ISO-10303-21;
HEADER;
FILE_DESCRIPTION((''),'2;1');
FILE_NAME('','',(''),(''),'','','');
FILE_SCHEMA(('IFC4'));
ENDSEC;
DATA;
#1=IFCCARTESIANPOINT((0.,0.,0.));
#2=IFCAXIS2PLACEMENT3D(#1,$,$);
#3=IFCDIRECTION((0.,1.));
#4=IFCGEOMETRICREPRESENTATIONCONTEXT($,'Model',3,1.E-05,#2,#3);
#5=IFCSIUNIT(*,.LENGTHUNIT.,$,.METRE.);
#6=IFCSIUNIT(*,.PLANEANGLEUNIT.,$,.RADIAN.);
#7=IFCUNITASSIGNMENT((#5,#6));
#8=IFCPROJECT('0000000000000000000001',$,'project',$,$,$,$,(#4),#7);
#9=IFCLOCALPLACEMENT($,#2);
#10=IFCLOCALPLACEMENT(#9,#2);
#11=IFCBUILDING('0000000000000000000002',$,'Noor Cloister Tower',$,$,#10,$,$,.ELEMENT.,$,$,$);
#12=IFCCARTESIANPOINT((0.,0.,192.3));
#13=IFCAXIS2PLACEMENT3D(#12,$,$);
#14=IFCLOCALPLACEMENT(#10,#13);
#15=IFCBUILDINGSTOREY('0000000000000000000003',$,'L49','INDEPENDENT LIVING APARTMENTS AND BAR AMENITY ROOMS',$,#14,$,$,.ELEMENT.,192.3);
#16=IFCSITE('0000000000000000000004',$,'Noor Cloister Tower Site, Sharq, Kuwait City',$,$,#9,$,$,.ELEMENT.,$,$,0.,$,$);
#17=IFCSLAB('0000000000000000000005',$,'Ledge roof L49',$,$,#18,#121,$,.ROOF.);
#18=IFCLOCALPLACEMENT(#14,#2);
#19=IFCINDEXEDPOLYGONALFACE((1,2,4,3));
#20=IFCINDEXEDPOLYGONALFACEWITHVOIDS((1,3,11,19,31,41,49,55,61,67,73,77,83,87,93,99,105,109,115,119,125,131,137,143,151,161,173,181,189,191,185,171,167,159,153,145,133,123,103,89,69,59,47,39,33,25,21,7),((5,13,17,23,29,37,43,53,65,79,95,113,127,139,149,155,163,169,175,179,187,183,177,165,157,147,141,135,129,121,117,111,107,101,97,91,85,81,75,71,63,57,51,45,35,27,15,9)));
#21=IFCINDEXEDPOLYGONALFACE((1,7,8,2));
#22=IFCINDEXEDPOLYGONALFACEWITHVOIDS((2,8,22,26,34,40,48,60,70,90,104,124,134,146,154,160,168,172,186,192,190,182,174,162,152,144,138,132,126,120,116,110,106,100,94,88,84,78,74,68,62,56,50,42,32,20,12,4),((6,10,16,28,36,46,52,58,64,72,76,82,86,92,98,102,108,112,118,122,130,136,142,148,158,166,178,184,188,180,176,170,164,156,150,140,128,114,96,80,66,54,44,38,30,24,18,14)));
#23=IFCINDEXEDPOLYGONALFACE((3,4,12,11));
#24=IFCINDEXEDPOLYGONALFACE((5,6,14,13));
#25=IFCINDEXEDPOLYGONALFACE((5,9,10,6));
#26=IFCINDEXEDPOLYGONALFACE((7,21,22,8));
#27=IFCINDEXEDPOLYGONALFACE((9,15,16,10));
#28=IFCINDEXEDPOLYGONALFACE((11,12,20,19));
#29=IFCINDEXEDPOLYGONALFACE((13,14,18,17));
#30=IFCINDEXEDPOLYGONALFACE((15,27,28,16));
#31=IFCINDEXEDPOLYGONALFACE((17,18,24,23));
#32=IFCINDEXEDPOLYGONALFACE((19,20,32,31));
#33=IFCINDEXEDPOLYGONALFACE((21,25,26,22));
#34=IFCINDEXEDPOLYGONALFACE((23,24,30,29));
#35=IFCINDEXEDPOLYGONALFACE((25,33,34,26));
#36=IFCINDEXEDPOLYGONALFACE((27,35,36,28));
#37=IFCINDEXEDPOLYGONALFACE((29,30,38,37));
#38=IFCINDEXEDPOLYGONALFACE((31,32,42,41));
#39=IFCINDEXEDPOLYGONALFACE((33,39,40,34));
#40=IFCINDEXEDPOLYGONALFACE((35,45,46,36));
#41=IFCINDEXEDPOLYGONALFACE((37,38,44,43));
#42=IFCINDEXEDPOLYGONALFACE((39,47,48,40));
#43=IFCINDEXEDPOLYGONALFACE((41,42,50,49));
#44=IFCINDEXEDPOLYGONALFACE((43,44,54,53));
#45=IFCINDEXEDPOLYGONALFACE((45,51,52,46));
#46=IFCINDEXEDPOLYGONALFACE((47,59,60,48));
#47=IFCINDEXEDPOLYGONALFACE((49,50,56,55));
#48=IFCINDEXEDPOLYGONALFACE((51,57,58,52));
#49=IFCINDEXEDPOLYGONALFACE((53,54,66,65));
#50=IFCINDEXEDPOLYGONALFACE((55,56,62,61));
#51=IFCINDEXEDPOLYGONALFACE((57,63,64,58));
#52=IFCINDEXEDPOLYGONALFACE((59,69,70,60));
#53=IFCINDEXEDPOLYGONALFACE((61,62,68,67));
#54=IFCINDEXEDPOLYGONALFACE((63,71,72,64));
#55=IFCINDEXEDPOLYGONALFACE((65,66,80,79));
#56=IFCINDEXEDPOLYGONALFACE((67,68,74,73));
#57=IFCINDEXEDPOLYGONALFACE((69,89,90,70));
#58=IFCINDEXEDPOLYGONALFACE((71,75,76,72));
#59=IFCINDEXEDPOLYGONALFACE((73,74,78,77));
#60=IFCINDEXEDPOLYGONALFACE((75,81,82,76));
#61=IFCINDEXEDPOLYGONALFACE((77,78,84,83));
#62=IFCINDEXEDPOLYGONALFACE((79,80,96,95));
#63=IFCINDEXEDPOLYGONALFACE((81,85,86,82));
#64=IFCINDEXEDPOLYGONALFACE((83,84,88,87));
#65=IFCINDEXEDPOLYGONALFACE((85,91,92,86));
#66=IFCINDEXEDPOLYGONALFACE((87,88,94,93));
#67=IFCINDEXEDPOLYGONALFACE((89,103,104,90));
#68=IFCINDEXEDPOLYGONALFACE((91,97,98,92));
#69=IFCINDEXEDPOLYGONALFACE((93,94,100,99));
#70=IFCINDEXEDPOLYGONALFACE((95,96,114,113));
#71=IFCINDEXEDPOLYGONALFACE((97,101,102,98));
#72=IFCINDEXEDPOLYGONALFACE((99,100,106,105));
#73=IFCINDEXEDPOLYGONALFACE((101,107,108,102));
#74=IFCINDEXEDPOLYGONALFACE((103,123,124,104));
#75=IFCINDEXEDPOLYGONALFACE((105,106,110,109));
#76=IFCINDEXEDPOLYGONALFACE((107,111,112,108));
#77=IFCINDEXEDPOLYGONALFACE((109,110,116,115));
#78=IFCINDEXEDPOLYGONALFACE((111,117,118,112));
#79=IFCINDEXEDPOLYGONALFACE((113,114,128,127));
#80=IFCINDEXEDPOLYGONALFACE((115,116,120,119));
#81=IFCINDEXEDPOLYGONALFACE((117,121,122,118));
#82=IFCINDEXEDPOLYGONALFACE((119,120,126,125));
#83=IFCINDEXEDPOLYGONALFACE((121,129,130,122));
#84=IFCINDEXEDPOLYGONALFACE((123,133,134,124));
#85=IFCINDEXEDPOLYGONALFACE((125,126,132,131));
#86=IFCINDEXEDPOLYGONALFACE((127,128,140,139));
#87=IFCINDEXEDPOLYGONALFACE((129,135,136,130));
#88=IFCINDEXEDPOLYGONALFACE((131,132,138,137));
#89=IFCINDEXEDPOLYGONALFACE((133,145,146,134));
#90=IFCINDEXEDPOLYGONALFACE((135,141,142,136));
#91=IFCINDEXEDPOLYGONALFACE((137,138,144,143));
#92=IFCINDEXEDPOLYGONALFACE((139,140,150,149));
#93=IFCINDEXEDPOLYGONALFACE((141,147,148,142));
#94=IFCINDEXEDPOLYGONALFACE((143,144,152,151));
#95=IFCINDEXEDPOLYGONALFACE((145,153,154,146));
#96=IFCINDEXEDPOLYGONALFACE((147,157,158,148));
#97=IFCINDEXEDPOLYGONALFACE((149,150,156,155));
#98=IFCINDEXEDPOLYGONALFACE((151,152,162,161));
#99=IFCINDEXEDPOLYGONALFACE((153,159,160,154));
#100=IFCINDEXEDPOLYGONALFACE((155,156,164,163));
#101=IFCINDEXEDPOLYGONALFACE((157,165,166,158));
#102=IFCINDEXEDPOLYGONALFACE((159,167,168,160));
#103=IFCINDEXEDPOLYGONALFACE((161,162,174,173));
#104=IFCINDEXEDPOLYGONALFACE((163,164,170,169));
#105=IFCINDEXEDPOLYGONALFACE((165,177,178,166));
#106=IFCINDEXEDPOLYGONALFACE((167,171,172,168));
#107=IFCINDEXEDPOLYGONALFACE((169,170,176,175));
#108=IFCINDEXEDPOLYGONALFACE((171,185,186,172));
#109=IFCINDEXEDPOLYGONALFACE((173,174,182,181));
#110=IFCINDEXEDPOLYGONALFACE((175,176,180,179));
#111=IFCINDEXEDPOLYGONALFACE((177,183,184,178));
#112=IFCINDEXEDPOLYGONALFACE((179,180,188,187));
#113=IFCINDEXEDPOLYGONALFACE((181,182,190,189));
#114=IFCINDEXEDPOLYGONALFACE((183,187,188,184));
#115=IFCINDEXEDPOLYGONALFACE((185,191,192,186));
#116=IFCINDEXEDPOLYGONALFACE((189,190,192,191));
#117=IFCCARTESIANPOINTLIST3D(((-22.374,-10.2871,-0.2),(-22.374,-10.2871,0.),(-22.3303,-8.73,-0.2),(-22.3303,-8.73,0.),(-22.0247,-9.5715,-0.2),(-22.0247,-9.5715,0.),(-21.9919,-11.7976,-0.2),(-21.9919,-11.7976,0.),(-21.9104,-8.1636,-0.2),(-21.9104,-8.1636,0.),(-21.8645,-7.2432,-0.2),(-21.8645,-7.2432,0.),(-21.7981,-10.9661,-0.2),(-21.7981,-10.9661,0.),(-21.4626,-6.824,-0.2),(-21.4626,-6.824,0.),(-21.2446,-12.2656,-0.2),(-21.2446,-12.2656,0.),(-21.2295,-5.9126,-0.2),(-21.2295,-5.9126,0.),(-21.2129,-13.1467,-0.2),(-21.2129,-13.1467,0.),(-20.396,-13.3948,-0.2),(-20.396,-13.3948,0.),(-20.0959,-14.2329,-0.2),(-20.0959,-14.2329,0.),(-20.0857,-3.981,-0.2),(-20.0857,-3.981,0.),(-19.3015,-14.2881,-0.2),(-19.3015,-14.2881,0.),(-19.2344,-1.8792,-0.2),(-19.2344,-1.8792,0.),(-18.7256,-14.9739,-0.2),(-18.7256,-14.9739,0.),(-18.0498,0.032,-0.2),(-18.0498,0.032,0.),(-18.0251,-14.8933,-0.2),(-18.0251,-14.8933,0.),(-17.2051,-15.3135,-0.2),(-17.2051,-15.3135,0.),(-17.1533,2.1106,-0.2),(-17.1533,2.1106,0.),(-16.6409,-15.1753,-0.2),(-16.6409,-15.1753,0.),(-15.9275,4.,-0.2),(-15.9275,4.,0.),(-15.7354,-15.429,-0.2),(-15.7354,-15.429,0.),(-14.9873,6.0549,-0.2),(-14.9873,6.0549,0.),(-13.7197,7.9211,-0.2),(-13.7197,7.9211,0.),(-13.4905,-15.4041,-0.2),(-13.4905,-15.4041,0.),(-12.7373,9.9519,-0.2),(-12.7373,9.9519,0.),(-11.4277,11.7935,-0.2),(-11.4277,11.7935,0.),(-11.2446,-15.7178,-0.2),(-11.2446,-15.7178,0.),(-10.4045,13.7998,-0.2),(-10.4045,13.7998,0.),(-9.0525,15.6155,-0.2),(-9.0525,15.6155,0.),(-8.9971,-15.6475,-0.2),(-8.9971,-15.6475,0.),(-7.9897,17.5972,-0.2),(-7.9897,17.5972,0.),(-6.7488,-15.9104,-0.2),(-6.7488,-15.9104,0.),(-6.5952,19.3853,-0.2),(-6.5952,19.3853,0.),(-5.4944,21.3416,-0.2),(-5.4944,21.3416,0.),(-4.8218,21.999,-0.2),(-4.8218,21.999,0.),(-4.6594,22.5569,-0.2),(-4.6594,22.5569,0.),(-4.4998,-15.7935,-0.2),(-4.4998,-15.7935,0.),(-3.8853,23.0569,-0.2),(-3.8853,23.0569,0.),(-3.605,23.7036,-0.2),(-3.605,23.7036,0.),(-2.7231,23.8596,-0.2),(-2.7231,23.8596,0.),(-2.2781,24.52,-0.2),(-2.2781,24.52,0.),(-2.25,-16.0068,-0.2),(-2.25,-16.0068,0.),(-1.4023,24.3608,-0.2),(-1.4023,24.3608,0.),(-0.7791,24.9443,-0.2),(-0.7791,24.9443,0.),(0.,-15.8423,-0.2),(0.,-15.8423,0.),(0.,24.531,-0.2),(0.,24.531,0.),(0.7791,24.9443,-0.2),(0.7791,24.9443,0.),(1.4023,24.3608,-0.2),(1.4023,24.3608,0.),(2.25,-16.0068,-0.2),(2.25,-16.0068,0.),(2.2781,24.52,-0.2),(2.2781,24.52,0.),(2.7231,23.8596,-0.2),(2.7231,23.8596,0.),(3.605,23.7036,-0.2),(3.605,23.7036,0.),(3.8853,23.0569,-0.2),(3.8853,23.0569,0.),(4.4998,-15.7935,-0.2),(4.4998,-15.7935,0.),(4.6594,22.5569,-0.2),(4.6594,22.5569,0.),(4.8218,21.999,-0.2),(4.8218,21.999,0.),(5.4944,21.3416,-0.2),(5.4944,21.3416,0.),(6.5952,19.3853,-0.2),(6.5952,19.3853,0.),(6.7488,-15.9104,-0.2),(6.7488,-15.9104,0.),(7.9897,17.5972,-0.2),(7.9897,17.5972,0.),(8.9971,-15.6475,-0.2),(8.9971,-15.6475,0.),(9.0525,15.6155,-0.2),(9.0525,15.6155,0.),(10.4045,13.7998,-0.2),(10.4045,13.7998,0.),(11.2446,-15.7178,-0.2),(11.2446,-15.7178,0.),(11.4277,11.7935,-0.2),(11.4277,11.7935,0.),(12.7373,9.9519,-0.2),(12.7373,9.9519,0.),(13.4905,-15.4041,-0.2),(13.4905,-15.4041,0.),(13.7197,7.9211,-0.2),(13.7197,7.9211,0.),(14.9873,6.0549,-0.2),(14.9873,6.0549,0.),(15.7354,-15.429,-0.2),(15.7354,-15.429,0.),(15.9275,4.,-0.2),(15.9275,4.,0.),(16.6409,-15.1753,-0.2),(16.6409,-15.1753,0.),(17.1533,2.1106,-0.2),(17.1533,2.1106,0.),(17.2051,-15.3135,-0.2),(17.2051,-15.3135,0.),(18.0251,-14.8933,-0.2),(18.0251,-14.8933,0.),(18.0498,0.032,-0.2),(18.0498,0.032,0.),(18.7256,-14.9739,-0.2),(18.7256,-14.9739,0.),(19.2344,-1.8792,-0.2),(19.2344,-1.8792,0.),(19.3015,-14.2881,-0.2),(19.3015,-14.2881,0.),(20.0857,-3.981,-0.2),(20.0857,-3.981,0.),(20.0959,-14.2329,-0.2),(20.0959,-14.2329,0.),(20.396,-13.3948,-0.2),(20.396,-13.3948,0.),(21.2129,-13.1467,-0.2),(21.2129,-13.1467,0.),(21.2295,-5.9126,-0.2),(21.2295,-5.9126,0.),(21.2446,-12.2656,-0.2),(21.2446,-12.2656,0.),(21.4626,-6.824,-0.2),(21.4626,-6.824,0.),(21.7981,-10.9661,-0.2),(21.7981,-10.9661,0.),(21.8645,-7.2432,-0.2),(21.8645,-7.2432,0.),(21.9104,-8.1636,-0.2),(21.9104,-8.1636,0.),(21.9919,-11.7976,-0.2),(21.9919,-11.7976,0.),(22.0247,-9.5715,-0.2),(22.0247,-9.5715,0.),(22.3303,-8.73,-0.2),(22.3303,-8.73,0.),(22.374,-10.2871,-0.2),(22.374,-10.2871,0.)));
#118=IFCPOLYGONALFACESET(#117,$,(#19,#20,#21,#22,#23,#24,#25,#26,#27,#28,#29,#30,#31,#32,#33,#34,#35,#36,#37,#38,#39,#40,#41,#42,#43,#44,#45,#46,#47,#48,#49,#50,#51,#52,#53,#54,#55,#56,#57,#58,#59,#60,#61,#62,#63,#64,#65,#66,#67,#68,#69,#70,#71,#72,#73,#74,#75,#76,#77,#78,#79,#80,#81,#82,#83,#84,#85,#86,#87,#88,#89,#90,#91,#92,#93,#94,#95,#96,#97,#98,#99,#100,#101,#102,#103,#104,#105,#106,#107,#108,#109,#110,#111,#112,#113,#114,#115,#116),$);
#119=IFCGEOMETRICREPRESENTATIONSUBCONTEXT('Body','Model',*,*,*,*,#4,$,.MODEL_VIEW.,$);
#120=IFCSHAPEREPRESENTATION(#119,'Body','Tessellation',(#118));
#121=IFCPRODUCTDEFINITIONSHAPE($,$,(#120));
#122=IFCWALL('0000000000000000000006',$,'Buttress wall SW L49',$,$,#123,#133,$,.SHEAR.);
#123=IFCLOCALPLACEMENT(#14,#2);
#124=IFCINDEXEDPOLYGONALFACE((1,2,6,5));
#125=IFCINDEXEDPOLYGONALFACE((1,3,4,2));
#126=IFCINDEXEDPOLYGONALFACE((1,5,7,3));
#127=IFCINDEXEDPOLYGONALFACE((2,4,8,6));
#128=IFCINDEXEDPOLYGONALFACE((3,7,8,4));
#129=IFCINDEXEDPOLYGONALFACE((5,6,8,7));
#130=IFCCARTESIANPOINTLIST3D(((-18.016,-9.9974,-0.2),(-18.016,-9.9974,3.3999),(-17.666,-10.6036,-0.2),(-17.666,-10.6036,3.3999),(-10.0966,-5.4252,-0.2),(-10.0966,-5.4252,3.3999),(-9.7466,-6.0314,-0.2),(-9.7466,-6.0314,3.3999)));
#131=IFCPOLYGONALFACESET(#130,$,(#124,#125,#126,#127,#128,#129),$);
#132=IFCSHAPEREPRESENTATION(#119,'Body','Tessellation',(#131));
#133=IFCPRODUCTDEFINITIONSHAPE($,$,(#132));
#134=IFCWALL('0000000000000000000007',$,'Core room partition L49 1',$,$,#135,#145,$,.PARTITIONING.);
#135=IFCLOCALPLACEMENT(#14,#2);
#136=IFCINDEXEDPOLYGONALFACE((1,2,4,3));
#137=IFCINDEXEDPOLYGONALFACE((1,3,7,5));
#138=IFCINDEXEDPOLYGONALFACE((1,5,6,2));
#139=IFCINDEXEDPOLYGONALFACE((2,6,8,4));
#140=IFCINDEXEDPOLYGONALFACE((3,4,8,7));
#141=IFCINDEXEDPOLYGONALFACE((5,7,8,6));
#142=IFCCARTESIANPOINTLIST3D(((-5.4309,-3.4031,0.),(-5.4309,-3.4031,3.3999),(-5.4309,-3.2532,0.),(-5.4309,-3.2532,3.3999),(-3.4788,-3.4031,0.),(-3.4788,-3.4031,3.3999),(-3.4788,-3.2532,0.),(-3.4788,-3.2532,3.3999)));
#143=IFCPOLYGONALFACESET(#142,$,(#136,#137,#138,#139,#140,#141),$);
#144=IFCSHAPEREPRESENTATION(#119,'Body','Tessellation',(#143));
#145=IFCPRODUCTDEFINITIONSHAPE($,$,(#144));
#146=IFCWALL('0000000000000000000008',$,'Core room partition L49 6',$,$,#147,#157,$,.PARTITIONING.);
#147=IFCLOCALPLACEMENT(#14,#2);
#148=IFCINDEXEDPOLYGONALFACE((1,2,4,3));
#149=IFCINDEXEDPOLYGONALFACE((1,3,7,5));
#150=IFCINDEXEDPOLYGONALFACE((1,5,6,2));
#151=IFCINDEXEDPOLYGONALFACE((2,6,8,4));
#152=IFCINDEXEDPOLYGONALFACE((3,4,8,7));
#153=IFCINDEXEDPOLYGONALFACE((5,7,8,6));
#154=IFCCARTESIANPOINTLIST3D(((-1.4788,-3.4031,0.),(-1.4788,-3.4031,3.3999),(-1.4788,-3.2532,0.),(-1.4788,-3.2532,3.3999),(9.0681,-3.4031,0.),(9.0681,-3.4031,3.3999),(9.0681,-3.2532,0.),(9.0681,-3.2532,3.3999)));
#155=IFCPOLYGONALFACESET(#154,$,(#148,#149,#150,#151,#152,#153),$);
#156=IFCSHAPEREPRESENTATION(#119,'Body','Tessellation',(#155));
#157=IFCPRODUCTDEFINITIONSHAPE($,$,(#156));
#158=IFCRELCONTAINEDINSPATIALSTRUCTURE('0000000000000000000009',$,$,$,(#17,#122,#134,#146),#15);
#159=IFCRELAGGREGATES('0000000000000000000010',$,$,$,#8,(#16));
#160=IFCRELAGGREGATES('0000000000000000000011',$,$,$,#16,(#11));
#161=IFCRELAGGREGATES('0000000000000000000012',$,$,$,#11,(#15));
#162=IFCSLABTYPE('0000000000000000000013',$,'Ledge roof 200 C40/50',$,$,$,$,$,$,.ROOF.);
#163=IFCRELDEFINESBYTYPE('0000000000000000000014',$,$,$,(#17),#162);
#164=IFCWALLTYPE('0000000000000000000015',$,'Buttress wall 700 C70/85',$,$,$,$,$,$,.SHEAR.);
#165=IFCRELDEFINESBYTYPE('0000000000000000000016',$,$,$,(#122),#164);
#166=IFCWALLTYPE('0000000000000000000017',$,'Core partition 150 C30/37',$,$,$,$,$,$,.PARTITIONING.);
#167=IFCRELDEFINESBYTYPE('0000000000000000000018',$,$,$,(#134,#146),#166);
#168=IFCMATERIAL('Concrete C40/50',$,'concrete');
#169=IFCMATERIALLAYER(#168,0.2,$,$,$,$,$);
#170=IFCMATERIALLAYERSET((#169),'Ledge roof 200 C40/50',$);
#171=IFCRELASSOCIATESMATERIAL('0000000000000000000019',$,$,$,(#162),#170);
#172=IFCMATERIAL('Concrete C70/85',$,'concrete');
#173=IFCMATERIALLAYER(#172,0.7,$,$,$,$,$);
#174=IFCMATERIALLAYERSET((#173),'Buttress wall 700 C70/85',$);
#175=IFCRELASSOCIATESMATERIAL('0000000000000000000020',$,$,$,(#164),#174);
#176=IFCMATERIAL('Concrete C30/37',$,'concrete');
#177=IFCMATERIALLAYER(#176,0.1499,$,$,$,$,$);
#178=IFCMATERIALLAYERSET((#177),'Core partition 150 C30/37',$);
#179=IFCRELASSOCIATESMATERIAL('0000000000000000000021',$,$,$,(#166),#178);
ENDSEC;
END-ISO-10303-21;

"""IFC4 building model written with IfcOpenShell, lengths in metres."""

from ifc_helpers import new_model, si_unit, direction, frame, frame_2d, origin, place, context, subcontext, project, spatial, polyline, rectangle, outline, extrude, material, layer, layer_set, type_object, element, save


model = new_model("IFC4")

# Units and contexts
model_context = context("Model", 3, precision=1e-05, world=origin(), true_north=direction((0.0, 1.0)))
body_context = subcontext(model_context, "Body", "Model", "MODEL_VIEW")
ifc_project = project(units=[si_unit("LENGTHUNIT", "METRE"), si_unit("PLANEANGLEUNIT", "RADIAN")], contexts=[model_context])

# Site, building, storey
site_placement = place(None, origin())
site = spatial("IfcSite", under=ifc_project, at=site_placement, Name="Noor Cloister Tower Site, Sharq, Kuwait City", CompositionType="ELEMENT", RefElevation=0.0)
building_placement = place(site_placement, origin())
building = spatial("IfcBuilding", under=site, at=building_placement, Name="Noor Cloister Tower", CompositionType="ELEMENT")
storey_placement = place(building_placement, frame((0.0, 0.0, 192.3)))
storey = spatial("IfcBuildingStorey", under=building, at=storey_placement, Name="L49", Description="INDEPENDENT LIVING APARTMENTS AND BAR AMENITY ROOMS", CompositionType="ELEMENT", Elevation=192.3)

# Slab
ifc_material_1 = material(Name="Concrete C40/50", Category="concrete")
ifc_layer_1 = layer(ifc_material_1, 0.2)
ifc_layer_set_1 = layer_set([ifc_layer_1], Name="Ledge roof 200 C40/50")
slab_type_1 = type_object("IfcSlabType", Name="Ledge roof 200 C40/50", PredefinedType="ROOF", material=ifc_layer_set_1)
slab_1_placement = place(storey_placement, frame((0.0, 0.0, -0.2)))
element("IfcSlab", 1, at=slab_1_placement, inside=storey, type_object=slab_type_1, Name="Ledge roof L49", PredefinedType="ROOF", context=body_context, shape_type="SweptSolid", body=[
    extrude(outline(polyline([(5.4944, 21.3416), (4.6594, 22.5569), (3.605, 23.7036), (2.2781, 24.52), (0.7791, 24.9443), (-0.7791, 24.9443), (-2.2781, 24.52), (-3.605, 23.7036), (-4.6594, 22.5569), (-5.4944, 21.3416), (-7.9897, 17.5972), (-10.4045, 13.7998), (-12.7373, 9.9519), (-14.9873, 6.0549), (-17.1533, 2.1106), (-19.2344, -1.8792), (-21.2295, -5.9126), (-21.8645, -7.2432), (-22.3303, -8.73), (-22.374, -10.2871), (-21.9919, -11.7976), (-21.2129, -13.1467), (-20.0959, -14.2329), (-18.7256, -14.9739), (-17.2051, -15.3135), (-15.7354, -15.429), (-11.2446, -15.7178), (-6.7488, -15.9104), (-2.25, -16.0068), (2.25, -16.0068), (6.7488, -15.9104), (11.2446, -15.7178), (15.7354, -15.429), (17.2051, -15.3135), (18.7256, -14.9739), (20.0959, -14.2329), (21.2129, -13.1467), (21.9919, -11.7976), (22.374, -10.2871), (22.3303, -8.73), (21.8645, -7.2432), (21.2295, -5.9126), (19.2344, -1.8792), (17.1533, 2.1106), (14.9873, 6.0549), (12.7373, 9.9519), (10.4045, 13.7998), (7.9897, 17.5972), (5.4944, 21.3416)]), holes=[polyline([(2.7231, 23.8596), (1.4023, 24.3608), (0.0, 24.531), (-1.4023, 24.3608), (-2.7231, 23.8596), (-3.8853, 23.0569), (-4.8218, 21.999), (-6.5952, 19.3853), (-9.0525, 15.6155), (-11.4277, 11.7935), (-13.7197, 7.9211), (-15.9275, 4.0), (-18.0498, 0.032), (-20.0857, -3.981), (-21.4626, -6.824), (-21.9104, -8.1636), (-22.0247, -9.5715), (-21.7981, -10.9661), (-21.2446, -12.2656), (-20.396, -13.3948), (-19.3015, -14.2881), (-18.0251, -14.8933), (-16.6409, -15.1753), (-13.4905, -15.4041), (-8.9971, -15.6475), (-4.4998, -15.7935), (0.0, -15.8423), (4.4998, -15.7935), (8.9971, -15.6475), (13.4905, -15.4041), (16.6409, -15.1753), (18.0251, -14.8933), (19.3015, -14.2881), (20.396, -13.3948), (21.2446, -12.2656), (21.7981, -10.9661), (22.0247, -9.5715), (21.9104, -8.1636), (21.4626, -6.824), (20.0857, -3.981), (18.0498, 0.032), (15.9275, 4.0), (13.7197, 7.9211), (11.4277, 11.7935), (9.0525, 15.6155), (6.5952, 19.3853), (4.8218, 21.999), (3.8853, 23.0569), (2.7231, 23.8596)])]), origin(), (0.0, 0.0, 1.0), 0.2),
])

# Walls
ifc_material_2 = material(Name="Concrete C70/85", Category="concrete")
ifc_layer_2 = layer(ifc_material_2, 0.7)
ifc_layer_set_2 = layer_set([ifc_layer_2], Name="Buttress wall 700 C70/85")
wall_type_1 = type_object("IfcWallType", Name="Buttress wall 700 C70/85", PredefinedType="SHEAR", material=ifc_layer_set_2)
wall_1_placement = place(storey_placement, frame((-9.9216, -5.7283, -0.2), z_axis=(0.0, 0.0, 1.0), x_axis=(-0.866026, -0.499998, 0.0)))
element("IfcWall", 2, at=wall_1_placement, inside=storey, type_object=wall_type_1, Name="Buttress wall SW L49", PredefinedType="SHEAR", context=body_context, shape_type="SweptSolid", body=[
    extrude(rectangle(XDim=9.1445, YDim=0.7, at=frame_2d((4.5723, 0.0))), origin(), (0.0, 0.0, 1.0), 3.5999),
])
ifc_material_3 = material(Name="Concrete C30/37", Category="concrete")
ifc_layer_3 = layer(ifc_material_3, 0.1499)
ifc_layer_set_3 = layer_set([ifc_layer_3], Name="Core partition 150 C30/37")
wall_type_2 = type_object("IfcWallType", Name="Core partition 150 C30/37", PredefinedType="PARTITIONING", material=ifc_layer_set_3)
wall_2_placement = place(storey_placement, frame((-5.4309, -3.3281, 0.0), z_axis=(0.0, 0.0, 1.0), x_axis=(1.0, 0.0, 0.0)))
element("IfcWall", 3, at=wall_2_placement, inside=storey, type_object=wall_type_2, Name="Core room partition L49 1", PredefinedType="PARTITIONING", context=body_context, shape_type="SweptSolid", body=[
    extrude(rectangle(XDim=1.9521, YDim=0.1499, at=frame_2d((0.9761, 0.0))), origin(), (0.0, 0.0, 1.0), 3.3999),
])
wall_3_placement = place(storey_placement, frame((-1.4788, -3.3281, 0.0), z_axis=(0.0, 0.0, 1.0), x_axis=(1.0, 0.0, 0.0)))
element("IfcWall", 4, at=wall_3_placement, inside=storey, type_object=wall_type_2, Name="Core room partition L49 6", PredefinedType="PARTITIONING", context=body_context, shape_type="SweptSolid", body=[
    extrude(rectangle(XDim=10.5469, YDim=0.1499, at=frame_2d((5.2734, 0.0))), origin(), (0.0, 0.0, 1.0), 3.3999),
])

save(model, "model.ifc")
